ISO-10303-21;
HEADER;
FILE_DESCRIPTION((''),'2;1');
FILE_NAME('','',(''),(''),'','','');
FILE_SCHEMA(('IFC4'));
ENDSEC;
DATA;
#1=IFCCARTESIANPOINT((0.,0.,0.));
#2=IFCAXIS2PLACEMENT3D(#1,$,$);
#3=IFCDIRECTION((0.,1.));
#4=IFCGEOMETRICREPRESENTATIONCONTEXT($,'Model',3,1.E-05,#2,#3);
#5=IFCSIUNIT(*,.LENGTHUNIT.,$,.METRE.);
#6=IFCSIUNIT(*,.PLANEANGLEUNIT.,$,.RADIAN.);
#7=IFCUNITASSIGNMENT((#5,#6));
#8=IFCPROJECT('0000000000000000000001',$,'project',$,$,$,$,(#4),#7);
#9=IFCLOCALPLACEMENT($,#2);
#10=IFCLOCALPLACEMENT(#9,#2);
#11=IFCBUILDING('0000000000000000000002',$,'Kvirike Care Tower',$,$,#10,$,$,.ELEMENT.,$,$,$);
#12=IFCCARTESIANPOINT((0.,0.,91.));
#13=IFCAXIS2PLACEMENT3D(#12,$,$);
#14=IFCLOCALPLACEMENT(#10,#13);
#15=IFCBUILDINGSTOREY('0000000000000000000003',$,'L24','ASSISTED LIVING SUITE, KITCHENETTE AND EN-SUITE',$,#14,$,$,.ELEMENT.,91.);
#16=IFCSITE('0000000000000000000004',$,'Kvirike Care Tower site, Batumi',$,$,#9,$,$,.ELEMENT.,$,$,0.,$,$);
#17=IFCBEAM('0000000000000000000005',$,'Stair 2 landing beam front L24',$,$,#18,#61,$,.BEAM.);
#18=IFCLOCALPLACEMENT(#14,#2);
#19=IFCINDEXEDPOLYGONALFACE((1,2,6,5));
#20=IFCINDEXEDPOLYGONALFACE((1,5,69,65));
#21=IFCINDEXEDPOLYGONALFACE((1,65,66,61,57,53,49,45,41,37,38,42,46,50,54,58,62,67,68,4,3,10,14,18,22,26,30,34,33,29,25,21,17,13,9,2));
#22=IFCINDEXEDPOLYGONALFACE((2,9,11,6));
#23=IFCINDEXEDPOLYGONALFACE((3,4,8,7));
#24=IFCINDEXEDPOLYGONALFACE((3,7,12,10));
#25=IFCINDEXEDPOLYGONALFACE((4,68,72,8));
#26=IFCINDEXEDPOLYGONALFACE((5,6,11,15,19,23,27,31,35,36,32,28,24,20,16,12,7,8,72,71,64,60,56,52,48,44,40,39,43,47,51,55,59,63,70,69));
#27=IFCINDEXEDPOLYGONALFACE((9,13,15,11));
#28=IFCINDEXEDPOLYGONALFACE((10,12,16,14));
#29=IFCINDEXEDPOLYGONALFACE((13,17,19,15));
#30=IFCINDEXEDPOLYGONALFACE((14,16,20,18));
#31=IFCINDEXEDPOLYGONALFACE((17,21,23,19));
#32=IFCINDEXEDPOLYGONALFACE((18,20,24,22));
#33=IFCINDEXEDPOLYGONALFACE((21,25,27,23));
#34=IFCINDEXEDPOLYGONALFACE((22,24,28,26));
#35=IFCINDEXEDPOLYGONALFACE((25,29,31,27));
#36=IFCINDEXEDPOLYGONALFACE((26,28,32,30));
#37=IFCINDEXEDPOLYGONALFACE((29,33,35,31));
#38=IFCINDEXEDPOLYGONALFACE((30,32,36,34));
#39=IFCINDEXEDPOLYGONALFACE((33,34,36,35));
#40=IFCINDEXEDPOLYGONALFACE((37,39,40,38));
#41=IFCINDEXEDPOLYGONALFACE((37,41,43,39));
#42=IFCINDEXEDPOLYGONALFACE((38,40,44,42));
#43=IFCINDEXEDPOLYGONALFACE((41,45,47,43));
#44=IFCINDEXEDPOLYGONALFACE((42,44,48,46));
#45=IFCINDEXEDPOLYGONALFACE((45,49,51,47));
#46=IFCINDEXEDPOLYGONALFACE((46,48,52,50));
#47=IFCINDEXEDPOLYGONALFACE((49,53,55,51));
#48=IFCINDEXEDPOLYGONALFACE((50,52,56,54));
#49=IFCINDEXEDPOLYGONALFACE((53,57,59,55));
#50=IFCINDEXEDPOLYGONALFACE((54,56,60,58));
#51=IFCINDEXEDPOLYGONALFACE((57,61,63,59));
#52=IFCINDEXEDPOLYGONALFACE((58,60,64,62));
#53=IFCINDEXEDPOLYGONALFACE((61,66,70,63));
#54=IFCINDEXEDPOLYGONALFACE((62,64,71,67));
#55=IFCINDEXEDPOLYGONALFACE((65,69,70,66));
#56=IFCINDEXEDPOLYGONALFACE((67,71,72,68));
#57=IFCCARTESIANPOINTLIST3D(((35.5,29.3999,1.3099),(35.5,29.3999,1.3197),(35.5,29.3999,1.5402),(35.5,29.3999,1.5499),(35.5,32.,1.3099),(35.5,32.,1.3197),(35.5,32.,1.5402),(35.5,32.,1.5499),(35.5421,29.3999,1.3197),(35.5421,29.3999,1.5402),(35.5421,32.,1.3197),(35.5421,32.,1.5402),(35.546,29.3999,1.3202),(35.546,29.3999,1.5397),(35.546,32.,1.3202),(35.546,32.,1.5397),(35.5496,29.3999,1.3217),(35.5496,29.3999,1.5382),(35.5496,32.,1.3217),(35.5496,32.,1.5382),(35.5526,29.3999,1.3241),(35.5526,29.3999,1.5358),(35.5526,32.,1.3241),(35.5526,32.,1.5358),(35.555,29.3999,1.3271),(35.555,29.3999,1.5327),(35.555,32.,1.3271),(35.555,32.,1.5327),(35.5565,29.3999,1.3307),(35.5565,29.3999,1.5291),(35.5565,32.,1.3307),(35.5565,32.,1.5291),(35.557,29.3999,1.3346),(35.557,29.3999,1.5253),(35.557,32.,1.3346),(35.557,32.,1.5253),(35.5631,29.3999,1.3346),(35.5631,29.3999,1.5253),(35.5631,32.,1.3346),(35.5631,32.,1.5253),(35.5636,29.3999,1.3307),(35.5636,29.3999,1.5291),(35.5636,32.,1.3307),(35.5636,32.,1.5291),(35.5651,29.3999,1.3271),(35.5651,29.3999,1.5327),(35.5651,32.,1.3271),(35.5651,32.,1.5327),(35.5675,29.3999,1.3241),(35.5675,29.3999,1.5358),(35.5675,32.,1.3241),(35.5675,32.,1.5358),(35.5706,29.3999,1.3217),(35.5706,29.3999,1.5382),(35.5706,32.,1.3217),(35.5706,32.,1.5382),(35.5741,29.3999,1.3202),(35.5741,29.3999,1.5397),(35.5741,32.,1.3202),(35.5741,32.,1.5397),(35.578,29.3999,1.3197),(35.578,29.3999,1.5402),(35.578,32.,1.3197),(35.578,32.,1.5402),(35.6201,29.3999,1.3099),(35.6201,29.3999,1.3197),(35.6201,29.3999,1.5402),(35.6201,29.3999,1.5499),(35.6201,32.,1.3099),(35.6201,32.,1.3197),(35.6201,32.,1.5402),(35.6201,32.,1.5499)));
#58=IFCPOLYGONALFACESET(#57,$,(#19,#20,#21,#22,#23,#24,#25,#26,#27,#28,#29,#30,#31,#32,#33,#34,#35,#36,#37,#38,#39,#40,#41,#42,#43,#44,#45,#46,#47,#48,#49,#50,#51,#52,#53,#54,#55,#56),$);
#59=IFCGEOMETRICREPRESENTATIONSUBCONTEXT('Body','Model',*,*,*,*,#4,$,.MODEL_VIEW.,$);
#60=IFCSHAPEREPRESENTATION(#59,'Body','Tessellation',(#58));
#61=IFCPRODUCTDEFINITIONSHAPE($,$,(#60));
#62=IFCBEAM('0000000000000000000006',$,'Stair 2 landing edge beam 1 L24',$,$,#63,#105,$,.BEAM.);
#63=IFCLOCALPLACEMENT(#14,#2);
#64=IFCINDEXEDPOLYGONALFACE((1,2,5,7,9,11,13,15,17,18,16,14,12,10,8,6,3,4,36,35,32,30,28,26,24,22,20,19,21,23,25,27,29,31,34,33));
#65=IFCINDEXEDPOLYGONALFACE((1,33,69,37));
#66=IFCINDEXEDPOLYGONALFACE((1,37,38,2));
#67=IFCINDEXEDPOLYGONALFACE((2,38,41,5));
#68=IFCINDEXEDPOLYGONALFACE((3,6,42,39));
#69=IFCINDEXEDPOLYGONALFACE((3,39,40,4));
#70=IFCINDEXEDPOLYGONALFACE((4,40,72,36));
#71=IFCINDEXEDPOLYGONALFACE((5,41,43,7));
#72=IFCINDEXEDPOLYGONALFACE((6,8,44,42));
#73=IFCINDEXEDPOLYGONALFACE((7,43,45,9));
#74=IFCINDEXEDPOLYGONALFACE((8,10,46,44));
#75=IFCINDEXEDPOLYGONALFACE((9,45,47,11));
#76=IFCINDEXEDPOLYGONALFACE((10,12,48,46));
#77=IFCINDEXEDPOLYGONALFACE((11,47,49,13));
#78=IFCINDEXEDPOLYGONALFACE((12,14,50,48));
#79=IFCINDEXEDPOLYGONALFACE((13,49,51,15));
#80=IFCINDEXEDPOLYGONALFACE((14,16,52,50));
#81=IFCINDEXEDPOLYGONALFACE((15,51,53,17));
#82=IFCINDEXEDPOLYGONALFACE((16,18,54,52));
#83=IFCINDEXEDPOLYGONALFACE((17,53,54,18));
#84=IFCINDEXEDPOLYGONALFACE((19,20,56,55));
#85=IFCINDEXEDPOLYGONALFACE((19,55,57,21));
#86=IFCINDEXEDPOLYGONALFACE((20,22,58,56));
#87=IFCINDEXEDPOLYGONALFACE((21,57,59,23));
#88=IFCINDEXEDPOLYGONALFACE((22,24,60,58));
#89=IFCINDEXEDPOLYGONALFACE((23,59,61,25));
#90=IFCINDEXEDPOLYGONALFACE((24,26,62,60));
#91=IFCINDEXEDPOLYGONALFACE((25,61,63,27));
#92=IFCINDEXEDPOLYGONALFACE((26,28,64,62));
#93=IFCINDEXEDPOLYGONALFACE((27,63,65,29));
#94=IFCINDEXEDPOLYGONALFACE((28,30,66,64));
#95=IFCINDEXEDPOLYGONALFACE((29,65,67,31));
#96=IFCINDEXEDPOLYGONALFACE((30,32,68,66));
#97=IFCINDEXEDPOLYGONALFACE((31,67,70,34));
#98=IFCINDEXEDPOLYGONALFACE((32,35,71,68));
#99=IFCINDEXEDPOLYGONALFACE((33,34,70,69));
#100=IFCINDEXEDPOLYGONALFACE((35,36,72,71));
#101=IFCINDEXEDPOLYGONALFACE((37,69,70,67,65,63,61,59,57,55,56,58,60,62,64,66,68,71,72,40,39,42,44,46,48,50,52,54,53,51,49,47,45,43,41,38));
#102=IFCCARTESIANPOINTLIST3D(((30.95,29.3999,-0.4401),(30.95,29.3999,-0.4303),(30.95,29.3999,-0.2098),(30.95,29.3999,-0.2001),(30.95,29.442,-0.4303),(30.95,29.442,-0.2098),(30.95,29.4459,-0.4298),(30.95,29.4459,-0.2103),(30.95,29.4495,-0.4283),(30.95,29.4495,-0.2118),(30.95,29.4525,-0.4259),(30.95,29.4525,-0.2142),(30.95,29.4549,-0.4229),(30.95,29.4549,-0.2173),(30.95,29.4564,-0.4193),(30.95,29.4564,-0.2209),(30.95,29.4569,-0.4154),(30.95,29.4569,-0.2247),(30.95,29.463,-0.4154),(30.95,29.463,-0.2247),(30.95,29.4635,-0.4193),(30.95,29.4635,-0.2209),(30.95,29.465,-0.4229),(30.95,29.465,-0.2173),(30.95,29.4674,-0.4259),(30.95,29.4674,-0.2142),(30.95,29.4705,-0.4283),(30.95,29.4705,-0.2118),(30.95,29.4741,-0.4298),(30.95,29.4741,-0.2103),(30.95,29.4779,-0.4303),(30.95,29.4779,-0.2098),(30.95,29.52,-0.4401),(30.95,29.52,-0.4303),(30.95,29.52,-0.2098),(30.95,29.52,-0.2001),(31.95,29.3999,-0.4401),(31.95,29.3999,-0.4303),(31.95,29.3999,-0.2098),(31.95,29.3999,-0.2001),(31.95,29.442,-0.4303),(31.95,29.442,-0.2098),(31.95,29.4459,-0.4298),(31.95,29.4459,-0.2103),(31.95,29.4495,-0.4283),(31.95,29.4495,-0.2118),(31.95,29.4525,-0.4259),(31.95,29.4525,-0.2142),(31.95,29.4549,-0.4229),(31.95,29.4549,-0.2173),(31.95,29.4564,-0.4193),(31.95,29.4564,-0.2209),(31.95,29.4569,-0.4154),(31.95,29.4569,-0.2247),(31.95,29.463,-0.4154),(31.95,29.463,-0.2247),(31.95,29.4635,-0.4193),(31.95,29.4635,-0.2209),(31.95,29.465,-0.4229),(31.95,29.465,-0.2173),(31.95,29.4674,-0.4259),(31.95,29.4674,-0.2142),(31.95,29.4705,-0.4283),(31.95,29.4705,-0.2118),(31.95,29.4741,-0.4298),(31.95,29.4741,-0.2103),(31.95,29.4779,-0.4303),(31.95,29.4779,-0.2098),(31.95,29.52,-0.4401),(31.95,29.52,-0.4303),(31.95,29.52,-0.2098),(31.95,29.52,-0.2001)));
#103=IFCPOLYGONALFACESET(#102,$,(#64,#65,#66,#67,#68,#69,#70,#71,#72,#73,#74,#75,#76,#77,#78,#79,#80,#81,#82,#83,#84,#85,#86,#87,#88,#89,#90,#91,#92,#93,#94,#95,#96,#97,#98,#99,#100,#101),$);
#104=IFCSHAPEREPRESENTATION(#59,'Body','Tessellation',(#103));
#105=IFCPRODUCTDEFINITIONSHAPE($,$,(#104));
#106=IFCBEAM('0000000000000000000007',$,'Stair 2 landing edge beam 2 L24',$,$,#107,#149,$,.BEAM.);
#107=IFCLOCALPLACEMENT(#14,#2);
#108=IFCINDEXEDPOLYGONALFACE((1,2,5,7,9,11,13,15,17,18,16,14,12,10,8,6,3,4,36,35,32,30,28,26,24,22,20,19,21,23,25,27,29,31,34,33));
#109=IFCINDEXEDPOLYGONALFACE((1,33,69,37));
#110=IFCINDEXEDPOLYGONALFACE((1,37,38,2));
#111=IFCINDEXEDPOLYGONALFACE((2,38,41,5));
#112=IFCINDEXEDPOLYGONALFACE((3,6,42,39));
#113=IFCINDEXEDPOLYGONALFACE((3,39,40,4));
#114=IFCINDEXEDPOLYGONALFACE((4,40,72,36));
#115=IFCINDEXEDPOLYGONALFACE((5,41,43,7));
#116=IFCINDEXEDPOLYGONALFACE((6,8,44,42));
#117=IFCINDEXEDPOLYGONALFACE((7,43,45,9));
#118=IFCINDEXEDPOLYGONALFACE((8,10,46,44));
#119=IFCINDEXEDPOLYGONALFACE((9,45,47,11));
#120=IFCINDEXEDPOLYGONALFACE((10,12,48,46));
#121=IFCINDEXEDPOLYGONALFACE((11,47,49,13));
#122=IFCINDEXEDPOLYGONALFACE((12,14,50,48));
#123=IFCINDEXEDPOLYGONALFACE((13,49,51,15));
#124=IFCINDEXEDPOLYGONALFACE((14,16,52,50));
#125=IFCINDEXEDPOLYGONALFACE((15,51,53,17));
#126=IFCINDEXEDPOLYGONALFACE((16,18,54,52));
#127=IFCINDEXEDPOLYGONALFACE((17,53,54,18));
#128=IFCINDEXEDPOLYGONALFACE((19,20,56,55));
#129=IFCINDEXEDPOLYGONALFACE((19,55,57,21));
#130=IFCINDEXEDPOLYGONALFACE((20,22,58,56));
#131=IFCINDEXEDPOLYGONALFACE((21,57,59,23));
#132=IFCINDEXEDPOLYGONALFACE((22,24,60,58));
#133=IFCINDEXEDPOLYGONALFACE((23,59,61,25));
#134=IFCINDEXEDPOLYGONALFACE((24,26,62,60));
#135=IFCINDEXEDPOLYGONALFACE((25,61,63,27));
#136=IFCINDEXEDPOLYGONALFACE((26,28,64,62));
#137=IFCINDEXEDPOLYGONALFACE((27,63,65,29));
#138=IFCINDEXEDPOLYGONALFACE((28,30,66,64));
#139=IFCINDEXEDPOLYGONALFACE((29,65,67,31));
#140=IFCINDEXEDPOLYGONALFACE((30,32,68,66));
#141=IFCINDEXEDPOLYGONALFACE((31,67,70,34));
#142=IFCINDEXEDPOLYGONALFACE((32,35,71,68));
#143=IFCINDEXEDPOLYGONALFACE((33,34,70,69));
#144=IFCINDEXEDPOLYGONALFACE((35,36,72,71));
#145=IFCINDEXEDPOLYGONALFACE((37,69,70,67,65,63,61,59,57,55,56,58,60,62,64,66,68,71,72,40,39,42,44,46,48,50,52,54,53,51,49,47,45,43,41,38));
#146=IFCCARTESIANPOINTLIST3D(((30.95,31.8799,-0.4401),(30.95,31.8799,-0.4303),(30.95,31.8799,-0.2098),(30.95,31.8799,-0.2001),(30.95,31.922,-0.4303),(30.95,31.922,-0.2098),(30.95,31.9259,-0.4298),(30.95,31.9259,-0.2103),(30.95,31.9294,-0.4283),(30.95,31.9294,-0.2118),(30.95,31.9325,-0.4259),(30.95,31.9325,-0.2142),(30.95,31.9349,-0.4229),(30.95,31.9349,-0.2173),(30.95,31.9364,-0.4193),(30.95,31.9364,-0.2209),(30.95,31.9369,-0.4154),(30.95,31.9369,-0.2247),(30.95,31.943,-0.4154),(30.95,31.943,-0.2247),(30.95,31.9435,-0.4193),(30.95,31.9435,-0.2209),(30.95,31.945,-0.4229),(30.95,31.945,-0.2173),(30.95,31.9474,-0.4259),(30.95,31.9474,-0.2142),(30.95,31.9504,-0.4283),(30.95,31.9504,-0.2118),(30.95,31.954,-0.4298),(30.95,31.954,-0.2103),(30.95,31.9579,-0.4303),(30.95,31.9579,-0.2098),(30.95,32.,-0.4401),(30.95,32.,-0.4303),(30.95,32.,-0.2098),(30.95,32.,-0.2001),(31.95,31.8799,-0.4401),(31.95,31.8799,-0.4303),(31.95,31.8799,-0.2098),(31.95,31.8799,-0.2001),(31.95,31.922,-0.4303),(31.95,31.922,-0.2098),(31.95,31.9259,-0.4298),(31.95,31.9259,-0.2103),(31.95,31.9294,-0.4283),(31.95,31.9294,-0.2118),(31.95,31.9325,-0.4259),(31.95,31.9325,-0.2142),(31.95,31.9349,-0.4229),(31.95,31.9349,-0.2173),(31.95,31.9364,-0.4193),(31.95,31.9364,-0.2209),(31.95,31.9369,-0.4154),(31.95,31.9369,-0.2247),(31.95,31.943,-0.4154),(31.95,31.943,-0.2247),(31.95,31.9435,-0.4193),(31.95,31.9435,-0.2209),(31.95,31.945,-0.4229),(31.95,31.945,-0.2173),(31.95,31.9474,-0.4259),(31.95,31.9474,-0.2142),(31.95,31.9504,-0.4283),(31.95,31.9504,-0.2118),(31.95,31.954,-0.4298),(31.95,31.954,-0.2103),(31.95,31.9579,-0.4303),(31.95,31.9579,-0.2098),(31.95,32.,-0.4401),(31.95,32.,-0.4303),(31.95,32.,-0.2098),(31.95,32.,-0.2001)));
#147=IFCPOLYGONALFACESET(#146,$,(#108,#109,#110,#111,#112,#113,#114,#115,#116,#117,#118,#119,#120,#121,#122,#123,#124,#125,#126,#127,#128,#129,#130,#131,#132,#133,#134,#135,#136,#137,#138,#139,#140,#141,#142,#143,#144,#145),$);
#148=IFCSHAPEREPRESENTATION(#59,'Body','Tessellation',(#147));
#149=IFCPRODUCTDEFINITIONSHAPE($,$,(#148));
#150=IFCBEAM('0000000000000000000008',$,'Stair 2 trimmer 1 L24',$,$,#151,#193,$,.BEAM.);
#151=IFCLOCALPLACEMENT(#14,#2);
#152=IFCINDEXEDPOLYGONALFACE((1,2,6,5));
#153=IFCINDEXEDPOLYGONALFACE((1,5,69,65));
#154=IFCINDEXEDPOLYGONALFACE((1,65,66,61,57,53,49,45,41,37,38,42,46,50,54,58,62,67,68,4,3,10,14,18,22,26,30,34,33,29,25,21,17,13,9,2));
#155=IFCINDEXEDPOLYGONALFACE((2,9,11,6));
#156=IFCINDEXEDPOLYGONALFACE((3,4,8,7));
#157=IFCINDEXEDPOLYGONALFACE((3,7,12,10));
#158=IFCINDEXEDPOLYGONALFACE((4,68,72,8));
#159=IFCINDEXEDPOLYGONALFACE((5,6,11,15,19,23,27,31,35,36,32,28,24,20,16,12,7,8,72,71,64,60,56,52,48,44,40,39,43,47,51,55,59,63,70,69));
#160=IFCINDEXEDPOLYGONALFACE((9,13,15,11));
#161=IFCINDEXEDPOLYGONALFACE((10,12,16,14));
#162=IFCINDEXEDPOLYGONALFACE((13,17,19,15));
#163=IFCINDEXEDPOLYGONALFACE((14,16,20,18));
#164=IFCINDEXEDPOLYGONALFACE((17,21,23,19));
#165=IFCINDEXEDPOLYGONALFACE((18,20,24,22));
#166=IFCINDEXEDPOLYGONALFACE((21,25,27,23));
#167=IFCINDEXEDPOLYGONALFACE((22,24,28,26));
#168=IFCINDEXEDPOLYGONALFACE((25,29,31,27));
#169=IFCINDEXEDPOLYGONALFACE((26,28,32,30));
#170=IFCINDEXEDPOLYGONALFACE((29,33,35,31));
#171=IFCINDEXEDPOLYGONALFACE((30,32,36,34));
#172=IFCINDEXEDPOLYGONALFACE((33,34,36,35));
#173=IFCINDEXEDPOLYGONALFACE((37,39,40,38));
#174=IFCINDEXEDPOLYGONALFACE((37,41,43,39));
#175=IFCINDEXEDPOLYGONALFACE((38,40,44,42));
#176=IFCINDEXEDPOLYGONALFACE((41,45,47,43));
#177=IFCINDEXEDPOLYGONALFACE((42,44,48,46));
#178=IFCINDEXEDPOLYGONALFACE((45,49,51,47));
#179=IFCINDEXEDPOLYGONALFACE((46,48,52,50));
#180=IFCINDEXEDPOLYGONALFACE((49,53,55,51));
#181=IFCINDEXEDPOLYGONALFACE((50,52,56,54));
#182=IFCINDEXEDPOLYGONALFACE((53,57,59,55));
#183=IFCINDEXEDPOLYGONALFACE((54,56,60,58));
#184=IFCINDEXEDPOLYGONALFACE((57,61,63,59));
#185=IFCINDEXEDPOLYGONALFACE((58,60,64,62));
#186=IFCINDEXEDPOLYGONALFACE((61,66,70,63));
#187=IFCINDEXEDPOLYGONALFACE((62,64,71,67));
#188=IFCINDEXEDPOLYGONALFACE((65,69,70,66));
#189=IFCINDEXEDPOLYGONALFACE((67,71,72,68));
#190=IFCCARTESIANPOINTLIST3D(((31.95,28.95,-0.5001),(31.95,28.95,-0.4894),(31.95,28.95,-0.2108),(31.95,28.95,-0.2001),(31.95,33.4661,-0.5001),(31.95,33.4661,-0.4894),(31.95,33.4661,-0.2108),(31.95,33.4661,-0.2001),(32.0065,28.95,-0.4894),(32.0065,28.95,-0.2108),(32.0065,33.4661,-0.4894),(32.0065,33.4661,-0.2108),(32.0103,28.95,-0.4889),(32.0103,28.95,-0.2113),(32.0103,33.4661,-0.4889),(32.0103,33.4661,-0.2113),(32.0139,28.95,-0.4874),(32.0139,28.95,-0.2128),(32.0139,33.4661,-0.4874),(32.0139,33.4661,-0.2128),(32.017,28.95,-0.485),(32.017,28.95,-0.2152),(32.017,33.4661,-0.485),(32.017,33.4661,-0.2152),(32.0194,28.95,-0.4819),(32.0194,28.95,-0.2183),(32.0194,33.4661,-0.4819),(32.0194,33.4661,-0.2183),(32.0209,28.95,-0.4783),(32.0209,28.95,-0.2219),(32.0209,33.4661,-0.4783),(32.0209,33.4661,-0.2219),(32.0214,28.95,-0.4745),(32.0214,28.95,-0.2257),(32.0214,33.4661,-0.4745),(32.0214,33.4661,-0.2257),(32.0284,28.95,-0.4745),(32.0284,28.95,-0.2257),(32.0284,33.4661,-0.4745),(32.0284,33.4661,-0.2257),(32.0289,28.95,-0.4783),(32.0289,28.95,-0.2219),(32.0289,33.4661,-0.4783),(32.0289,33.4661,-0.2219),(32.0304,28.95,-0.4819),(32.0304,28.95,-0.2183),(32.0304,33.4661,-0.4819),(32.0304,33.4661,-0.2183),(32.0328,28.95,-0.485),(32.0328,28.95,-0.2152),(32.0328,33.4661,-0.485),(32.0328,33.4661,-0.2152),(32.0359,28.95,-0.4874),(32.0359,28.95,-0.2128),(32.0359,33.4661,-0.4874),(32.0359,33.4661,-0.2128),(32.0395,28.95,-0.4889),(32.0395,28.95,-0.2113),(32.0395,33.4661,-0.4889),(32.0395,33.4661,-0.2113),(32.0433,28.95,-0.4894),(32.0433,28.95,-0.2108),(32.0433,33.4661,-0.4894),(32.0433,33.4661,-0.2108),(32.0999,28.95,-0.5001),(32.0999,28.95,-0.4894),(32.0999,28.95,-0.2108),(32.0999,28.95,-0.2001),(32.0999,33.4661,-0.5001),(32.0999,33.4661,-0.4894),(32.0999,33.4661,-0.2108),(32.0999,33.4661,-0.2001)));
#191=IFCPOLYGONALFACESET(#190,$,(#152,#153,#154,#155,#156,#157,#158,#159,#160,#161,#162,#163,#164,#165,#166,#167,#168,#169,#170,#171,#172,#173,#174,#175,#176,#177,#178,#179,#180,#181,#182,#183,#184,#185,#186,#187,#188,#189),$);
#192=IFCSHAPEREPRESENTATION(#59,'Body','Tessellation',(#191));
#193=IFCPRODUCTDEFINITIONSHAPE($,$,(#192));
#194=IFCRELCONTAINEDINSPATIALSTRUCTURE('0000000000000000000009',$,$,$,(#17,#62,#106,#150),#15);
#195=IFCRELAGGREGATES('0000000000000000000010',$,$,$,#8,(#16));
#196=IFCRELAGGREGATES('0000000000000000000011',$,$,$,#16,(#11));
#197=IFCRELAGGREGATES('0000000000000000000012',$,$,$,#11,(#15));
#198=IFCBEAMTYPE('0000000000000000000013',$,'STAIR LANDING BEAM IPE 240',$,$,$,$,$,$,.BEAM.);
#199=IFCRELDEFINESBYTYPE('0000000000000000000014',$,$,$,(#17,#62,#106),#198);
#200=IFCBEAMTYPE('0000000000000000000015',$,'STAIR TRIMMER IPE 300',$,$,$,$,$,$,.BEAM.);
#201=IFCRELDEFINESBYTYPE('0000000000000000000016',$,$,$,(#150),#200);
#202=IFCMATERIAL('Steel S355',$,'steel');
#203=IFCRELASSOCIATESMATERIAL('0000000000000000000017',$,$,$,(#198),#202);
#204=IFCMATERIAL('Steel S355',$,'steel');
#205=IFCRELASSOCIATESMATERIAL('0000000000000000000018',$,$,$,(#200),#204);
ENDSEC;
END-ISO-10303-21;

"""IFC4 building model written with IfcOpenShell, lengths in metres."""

from ifc_helpers import new_model, si_unit, direction, frame, origin, origin_2d, place, context, subcontext, project, spatial, i_section, extrude, material, material_profile, profile_set, type_object, element, save


model = new_model("IFC4")

# Units and contexts
model_context = context("Model", 3, precision=1e-05, world=origin(), true_north=direction((0.0, 1.0)))
body_context = subcontext(model_context, "Body", "Model", "MODEL_VIEW")
ifc_project = project(units=[si_unit("LENGTHUNIT", "METRE"), si_unit("PLANEANGLEUNIT", "RADIAN")], contexts=[model_context])

# Site, building, storey
site_placement = place(None, origin())
site = spatial("IfcSite", under=ifc_project, at=site_placement, Name="Kvirike Care Tower site, Batumi", CompositionType="ELEMENT", RefElevation=0.0)
building_placement = place(site_placement, origin())
building = spatial("IfcBuilding", under=site, at=building_placement, Name="Kvirike Care Tower", CompositionType="ELEMENT")
storey_placement = place(building_placement, frame((0.0, 0.0, 91.0)))
storey = spatial("IfcBuildingStorey", under=building, at=storey_placement, Name="L24", Description="ASSISTED LIVING SUITE, KITCHENETTE AND EN-SUITE", CompositionType="ELEMENT", Elevation=91.0)

# Beams
ifc_material_1 = material(Name="Steel S355", Category="steel")
ifc_material_profile_1 = material_profile(ifc_material_1, i_section(OverallWidth=0.1201, OverallDepth=0.24, WebThickness=0.0061, FlangeThickness=0.0098, FilletRadius=0.0149, at=origin_2d()), Name="IPE 240")
ifc_profile_set_1 = profile_set([ifc_material_profile_1], Name="Steel S355")
beam_type_1 = type_object("IfcBeamType", Name="STAIR LANDING BEAM IPE 240", PredefinedType="BEAM", material=ifc_profile_set_1)
beam_1_placement = place(storey_placement, frame((35.5601, 29.3999, 1.4299), z_axis=(0.0, 1.0, 0.0), x_axis=(-1.0, 0.0, 0.0)))
element("IfcBeam", 1, at=beam_1_placement, inside=storey, type_object=beam_type_1, Name="Stair 2 landing beam front L24", PredefinedType="BEAM", context=body_context, shape_type="SweptSolid", body=[
    extrude(i_section(OverallWidth=0.1201, OverallDepth=0.24, WebThickness=0.0061, FlangeThickness=0.0098, FilletRadius=0.0149, at=origin_2d()), origin(), (0.0, 0.0, 1.0), 2.6001),
])
for number, where, z_axis, x_axis, name in (
    (2, (31.95, 29.46, -0.3201), (-1.0, 0.0, 0.0), (0.0, -1.0, 0.0), "Stair 2 landing edge beam 1 L24"),
    (3, (31.95, 31.9399, -0.3201), (-1.0, 0.0, 0.0), (0.0, -1.0, 0.0), "Stair 2 landing edge beam 2 L24"),
):
    element("IfcBeam", number, at=place(storey_placement, frame(where, z_axis=z_axis, x_axis=x_axis)), inside=storey, type_object=beam_type_1, Name=name, PredefinedType="BEAM", context=body_context, shape_type="SweptSolid", body=[
        extrude(i_section(OverallWidth=0.1201, OverallDepth=0.24, WebThickness=0.0061, FlangeThickness=0.0098, FilletRadius=0.0149, at=origin_2d()), origin(), (0.0, 0.0, 1.0), 1.0),
    ])
ifc_material_2 = material(Name="Steel S355", Category="steel")
ifc_material_profile_2 = material_profile(ifc_material_2, i_section(OverallWidth=0.1499, OverallDepth=0.3, WebThickness=0.0071, FlangeThickness=0.0107, FilletRadius=0.0149, at=origin_2d()), Name="IPE 300")
ifc_profile_set_2 = profile_set([ifc_material_profile_2], Name="Steel S355")
beam_type_2 = type_object("IfcBeamType", Name="STAIR TRIMMER IPE 300", PredefinedType="BEAM", material=ifc_profile_set_2)
for number, where, z_axis, x_axis, name in (
    (4, (32.0249, 28.95, -0.3501), (0.0, 1.0, 0.0), (-1.0, 0.0, 0.0), "Stair 2 trimmer 1 L24"),
):
    element("IfcBeam", number, at=place(storey_placement, frame(where, z_axis=z_axis, x_axis=x_axis)), inside=storey, type_object=beam_type_2, Name=name, PredefinedType="BEAM", context=body_context, shape_type="SweptSolid", body=[
        extrude(i_section(OverallWidth=0.1499, OverallDepth=0.3, WebThickness=0.0071, FlangeThickness=0.0107, FilletRadius=0.0149, at=origin_2d()), origin(), (0.0, 0.0, 1.0), 4.5161),
    ])

save(model, "model.ifc")
